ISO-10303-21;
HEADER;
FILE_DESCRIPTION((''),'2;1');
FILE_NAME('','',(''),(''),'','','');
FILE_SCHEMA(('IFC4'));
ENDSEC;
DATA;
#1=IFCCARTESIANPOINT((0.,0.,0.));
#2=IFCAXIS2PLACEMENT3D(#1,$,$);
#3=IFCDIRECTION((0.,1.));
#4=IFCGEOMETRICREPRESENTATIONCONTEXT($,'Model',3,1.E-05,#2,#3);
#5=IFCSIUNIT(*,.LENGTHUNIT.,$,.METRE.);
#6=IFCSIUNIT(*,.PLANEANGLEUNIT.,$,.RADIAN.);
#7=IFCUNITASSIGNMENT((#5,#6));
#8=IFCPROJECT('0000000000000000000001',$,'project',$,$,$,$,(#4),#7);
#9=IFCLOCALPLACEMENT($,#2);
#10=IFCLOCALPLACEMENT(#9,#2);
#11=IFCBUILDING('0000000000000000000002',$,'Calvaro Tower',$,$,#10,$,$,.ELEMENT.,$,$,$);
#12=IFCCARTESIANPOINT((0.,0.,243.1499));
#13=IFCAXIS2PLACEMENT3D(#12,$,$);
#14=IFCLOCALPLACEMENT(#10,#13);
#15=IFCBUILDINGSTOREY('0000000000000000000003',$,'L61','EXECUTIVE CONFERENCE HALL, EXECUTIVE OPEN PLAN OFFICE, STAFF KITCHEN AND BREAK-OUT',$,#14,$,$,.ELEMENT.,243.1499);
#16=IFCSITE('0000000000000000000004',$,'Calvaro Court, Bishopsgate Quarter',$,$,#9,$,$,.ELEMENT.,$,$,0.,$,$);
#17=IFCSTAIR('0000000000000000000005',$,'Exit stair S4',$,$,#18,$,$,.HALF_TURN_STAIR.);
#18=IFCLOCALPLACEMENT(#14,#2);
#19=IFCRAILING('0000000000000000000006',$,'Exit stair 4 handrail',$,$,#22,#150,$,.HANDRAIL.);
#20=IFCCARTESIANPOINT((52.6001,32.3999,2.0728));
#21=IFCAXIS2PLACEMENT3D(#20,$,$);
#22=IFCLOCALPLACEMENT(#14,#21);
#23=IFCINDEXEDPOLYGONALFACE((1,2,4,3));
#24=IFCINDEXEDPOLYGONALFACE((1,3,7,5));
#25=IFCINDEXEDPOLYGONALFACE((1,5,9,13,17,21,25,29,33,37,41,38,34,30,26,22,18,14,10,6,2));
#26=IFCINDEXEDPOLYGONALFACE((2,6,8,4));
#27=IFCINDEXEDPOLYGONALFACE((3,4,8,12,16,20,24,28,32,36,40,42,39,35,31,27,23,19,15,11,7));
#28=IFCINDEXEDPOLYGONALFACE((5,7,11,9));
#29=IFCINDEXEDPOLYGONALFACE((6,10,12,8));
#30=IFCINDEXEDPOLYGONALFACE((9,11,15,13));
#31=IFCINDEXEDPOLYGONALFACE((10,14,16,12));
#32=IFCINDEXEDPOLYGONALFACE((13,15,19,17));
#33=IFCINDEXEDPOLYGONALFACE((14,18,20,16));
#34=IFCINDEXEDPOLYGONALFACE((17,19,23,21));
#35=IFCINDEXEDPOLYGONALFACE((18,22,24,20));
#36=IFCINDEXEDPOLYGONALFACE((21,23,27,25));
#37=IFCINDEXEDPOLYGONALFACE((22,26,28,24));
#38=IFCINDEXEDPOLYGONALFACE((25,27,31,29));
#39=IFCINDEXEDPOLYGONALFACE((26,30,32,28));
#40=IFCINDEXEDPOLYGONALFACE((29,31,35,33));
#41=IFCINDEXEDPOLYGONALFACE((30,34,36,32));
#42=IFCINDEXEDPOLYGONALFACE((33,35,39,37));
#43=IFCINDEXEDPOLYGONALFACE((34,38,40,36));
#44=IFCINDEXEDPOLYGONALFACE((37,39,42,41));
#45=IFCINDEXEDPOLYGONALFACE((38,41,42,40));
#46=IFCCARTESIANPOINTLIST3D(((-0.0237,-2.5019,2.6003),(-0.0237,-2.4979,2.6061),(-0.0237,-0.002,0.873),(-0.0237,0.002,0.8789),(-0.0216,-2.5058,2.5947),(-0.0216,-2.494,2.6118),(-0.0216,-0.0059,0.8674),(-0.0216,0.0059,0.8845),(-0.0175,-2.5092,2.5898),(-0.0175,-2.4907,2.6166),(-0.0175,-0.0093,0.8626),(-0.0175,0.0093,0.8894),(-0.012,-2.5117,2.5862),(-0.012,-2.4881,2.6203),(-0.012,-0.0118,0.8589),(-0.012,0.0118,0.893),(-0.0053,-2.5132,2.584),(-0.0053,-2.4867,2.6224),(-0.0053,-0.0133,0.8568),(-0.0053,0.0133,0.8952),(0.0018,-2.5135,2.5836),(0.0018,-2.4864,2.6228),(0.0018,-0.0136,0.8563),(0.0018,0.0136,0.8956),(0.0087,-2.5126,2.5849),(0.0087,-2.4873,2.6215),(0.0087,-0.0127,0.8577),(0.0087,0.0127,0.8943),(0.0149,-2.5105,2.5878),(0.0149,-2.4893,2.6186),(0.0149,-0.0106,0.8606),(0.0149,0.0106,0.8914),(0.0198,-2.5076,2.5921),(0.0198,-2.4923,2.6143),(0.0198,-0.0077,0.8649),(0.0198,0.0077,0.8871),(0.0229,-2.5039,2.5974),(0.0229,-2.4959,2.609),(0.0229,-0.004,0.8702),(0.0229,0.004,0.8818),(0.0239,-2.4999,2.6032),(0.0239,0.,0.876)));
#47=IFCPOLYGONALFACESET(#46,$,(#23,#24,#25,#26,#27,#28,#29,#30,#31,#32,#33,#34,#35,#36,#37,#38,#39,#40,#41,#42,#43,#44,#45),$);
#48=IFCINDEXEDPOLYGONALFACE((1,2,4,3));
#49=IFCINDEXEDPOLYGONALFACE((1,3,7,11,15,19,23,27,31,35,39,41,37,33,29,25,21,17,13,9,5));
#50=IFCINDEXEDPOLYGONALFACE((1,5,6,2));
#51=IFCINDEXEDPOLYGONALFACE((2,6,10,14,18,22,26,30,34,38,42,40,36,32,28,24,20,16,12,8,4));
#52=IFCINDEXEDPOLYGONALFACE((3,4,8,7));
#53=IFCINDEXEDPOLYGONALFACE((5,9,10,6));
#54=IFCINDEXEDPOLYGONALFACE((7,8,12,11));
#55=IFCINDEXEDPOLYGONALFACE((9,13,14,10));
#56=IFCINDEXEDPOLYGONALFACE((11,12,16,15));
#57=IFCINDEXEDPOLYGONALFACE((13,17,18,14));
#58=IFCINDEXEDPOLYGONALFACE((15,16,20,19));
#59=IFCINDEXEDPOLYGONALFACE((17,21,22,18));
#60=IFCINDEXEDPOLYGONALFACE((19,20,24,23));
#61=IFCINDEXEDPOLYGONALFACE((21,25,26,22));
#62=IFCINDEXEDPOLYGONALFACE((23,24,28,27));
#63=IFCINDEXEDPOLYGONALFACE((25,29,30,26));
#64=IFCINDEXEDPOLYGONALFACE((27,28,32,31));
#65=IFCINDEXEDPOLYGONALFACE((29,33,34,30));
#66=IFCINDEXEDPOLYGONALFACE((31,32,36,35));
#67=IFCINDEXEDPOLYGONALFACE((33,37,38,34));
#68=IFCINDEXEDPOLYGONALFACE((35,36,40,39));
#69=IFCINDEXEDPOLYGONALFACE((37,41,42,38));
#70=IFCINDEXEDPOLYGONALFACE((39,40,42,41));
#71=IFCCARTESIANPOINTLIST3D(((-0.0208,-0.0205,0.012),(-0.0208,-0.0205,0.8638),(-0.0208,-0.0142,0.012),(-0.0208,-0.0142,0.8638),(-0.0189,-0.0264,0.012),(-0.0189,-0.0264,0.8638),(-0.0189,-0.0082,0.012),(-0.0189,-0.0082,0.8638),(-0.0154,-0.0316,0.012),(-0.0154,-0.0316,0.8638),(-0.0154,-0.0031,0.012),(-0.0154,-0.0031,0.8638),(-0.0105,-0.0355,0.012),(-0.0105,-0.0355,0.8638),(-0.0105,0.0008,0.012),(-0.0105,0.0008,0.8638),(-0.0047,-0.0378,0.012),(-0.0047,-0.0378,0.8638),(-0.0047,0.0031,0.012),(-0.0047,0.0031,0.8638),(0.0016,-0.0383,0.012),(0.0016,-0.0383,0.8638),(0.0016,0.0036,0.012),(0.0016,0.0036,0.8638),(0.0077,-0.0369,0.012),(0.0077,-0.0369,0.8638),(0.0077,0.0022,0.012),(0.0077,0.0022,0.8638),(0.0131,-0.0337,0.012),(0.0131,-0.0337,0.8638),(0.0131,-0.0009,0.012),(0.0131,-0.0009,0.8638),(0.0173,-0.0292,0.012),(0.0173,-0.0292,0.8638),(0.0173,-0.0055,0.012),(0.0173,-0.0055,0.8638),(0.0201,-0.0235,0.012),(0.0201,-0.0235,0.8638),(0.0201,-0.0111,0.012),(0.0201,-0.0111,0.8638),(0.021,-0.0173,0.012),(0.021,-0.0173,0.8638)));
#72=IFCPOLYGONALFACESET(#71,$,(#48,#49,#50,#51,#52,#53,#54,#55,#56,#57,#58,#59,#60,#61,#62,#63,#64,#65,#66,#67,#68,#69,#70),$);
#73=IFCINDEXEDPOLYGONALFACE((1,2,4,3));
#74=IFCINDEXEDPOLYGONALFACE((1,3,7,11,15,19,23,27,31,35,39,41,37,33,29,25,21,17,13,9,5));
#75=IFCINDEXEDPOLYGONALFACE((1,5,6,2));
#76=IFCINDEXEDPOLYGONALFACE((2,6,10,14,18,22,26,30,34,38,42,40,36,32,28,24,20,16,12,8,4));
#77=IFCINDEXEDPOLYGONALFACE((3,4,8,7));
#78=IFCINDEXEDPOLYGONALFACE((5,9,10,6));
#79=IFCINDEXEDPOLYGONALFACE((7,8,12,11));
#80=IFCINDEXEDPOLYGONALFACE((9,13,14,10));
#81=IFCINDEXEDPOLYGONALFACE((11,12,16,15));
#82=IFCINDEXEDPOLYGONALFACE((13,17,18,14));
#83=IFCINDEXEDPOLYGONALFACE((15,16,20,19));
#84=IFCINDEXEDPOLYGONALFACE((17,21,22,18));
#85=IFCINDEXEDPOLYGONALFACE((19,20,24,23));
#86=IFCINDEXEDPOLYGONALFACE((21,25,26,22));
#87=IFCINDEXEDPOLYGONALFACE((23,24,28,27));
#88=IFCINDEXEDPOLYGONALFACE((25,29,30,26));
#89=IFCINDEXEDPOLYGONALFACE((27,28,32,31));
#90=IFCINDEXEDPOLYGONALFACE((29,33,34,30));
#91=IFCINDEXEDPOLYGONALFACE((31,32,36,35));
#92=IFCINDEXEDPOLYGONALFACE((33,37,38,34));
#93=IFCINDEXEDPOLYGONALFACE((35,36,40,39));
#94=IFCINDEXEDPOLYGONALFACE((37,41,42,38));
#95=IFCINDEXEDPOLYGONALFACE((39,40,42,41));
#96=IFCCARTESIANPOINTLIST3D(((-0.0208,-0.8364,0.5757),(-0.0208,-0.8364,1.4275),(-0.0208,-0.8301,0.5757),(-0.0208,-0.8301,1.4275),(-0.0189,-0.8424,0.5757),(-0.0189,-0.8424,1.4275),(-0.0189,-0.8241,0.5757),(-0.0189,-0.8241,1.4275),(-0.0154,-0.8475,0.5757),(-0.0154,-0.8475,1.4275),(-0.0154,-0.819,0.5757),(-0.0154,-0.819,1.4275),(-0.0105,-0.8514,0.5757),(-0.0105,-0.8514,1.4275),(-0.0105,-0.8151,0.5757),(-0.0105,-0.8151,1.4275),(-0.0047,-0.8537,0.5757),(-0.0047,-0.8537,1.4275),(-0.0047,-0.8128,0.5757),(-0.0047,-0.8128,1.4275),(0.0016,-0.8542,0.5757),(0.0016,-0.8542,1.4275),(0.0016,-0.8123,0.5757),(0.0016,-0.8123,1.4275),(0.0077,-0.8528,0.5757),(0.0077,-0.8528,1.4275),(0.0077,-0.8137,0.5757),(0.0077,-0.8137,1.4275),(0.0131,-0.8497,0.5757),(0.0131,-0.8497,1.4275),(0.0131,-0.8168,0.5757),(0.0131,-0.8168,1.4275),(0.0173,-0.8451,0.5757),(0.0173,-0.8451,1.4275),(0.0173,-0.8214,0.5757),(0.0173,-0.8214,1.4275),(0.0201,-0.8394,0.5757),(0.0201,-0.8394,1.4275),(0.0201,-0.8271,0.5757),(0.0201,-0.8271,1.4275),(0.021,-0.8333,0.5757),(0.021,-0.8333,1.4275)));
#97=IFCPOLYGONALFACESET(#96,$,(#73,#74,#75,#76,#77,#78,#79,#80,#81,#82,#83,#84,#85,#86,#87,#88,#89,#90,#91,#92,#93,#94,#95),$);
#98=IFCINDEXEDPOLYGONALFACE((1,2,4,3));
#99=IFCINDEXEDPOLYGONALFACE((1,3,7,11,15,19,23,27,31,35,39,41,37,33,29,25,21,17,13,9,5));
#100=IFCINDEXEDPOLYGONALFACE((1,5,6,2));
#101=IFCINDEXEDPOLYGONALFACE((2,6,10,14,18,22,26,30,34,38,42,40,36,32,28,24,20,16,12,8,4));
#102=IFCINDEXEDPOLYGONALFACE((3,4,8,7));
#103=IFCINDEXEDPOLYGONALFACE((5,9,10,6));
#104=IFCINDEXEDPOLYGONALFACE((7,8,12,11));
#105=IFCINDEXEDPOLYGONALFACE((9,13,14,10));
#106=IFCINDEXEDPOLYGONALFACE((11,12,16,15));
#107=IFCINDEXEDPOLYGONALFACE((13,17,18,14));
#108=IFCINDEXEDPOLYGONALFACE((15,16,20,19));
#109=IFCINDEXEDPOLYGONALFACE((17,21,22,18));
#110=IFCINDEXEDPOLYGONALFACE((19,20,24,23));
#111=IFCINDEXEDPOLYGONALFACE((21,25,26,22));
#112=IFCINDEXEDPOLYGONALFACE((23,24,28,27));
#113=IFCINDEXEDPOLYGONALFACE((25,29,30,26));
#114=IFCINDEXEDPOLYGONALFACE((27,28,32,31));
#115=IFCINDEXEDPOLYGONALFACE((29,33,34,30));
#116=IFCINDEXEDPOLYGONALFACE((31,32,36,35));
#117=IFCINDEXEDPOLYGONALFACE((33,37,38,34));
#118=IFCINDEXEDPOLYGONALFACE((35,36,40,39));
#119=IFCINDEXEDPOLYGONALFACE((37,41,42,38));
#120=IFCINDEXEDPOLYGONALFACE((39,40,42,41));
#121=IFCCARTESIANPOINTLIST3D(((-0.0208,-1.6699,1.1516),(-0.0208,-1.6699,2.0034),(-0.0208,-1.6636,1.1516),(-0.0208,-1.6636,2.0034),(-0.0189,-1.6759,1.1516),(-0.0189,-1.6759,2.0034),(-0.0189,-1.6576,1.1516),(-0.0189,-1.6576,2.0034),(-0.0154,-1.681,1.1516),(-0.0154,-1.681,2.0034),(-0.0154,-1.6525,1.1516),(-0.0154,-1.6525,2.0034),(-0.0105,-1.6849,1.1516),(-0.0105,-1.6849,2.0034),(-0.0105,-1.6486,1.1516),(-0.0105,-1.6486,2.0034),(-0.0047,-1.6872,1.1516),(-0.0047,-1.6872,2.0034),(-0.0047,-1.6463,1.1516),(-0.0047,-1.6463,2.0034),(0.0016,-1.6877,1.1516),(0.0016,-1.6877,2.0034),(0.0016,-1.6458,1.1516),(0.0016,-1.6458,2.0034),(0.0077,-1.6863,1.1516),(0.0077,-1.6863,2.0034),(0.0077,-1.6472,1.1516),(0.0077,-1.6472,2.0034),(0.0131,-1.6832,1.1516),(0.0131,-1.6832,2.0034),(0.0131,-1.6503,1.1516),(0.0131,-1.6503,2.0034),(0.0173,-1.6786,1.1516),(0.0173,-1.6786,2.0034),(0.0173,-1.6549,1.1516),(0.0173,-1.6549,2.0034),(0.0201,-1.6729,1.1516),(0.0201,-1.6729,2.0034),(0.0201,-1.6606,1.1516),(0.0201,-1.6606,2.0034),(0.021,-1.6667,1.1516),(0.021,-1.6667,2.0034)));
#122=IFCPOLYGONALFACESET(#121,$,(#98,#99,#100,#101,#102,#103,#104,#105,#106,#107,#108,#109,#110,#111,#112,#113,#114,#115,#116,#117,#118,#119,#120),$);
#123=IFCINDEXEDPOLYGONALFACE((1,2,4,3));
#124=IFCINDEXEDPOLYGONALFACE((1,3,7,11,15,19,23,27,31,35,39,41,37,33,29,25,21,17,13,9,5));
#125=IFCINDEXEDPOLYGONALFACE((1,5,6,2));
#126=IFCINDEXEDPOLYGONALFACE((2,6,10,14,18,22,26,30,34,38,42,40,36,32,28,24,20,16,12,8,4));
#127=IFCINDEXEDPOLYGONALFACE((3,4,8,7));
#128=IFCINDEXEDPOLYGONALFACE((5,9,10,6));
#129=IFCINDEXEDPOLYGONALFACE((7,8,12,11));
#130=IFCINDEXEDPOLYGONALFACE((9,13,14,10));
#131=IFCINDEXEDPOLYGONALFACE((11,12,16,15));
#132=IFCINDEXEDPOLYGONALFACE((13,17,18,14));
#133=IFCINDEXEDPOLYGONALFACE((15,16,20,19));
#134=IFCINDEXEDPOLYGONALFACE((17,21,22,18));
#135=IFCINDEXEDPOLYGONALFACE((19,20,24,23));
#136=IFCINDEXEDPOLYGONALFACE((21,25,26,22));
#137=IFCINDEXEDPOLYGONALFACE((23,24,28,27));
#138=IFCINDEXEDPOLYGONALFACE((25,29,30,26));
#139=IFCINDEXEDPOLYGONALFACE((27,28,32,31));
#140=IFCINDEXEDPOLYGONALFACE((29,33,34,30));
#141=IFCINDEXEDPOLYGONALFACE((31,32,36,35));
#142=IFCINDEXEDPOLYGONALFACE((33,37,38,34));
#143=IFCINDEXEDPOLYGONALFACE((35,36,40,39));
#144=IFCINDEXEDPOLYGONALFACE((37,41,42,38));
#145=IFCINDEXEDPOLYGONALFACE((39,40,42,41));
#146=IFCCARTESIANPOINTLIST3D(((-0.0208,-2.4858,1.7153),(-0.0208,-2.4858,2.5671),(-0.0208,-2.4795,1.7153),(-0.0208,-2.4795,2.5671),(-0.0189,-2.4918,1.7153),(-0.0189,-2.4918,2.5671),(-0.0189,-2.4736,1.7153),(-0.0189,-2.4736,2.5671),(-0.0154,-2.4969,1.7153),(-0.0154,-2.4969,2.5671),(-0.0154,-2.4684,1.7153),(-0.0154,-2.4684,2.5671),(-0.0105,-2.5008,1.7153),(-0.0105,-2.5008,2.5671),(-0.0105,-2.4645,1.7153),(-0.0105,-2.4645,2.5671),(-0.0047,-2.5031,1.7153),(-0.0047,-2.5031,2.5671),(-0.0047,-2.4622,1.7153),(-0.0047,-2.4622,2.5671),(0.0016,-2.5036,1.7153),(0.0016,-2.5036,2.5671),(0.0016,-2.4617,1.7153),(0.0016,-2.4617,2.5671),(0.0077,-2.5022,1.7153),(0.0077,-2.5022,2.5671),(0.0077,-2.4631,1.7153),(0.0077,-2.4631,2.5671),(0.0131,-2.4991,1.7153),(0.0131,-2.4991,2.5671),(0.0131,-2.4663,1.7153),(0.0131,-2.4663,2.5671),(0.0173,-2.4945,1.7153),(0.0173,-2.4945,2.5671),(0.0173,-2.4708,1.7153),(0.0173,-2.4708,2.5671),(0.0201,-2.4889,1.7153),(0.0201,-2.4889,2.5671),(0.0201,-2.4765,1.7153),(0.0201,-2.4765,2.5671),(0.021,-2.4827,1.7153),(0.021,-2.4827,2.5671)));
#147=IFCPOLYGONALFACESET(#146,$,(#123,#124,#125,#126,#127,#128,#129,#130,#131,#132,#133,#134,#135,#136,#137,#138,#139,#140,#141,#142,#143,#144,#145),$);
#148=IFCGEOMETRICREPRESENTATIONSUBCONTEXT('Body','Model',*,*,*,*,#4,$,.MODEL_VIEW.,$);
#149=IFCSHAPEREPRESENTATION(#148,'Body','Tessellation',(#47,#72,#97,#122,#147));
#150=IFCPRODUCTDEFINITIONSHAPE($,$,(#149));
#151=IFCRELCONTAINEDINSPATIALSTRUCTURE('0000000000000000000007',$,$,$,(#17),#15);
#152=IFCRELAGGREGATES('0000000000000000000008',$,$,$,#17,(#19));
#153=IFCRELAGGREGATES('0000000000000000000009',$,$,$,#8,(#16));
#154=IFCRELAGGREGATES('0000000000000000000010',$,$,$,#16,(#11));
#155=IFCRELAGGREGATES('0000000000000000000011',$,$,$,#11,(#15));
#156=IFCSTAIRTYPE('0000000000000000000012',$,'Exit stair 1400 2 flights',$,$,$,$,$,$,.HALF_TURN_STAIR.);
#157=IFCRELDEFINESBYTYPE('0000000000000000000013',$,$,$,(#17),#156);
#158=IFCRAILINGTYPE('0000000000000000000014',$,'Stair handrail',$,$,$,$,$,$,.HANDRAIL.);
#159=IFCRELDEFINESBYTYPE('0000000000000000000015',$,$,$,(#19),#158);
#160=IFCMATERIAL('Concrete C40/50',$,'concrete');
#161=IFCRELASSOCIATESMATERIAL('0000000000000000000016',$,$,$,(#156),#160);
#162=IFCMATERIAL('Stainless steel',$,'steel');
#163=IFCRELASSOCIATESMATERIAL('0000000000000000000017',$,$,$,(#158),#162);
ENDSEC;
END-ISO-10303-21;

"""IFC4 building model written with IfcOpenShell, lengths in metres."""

from ifc_helpers import new_model, si_unit, direction, frame, origin, origin_2d, place, context, subcontext, project, spatial, circle, extrude, material, type_object, element, aggregate, save


model = new_model("IFC4")

# Units and contexts
model_context = context("Model", 3, precision=1e-05, world=origin(), true_north=direction((0.0, 1.0)))
body_context = subcontext(model_context, "Body", "Model", "MODEL_VIEW")
ifc_project = project(units=[si_unit("LENGTHUNIT", "METRE"), si_unit("PLANEANGLEUNIT", "RADIAN")], contexts=[model_context])

# Site, building, storey
site_placement = place(None, origin())
site = spatial("IfcSite", under=ifc_project, at=site_placement, Name="Calvaro Court, Bishopsgate Quarter", CompositionType="ELEMENT", RefElevation=0.0)
building_placement = place(site_placement, origin())
building = spatial("IfcBuilding", under=site, at=building_placement, Name="Calvaro Tower", CompositionType="ELEMENT")
storey_placement = place(building_placement, frame((0.0, 0.0, 243.1499)))
storey = spatial("IfcBuildingStorey", under=building, at=storey_placement, Name="L61", Description="EXECUTIVE CONFERENCE HALL, EXECUTIVE OPEN PLAN OFFICE, STAFF KITCHEN AND BREAK-OUT", CompositionType="ELEMENT", Elevation=243.1499)

# Stair
ifc_material_1 = material(Name="Concrete C40/50", Category="concrete")
stair_type = type_object("IfcStairType", Name="Exit stair 1400 2 flights", PredefinedType="HALF_TURN_STAIR", material=ifc_material_1)
stair_1_placement = place(storey_placement, origin())
stair_1 = element("IfcStair", 1, at=stair_1_placement, inside=storey, type_object=stair_type, Name="Exit stair S4", PredefinedType="HALF_TURN_STAIR")

# Railing
ifc_material_2 = material(Name="Stainless steel", Category="steel")
railing_type = type_object("IfcRailingType", Name="Stair handrail", PredefinedType="HANDRAIL", material=ifc_material_2)
railing_1_placement = place(storey_placement, frame((52.6001, 32.3999, 2.0728)))
railing_1 = element("IfcRailing", 2, at=railing_1_placement, type_object=railing_type, Name="Exit stair 4 handrail", PredefinedType="HANDRAIL", context=body_context, shape_type="SweptSolid", body=[
    extrude(circle(Radius=0.0239, at=origin_2d()), frame((0.0, 0.0, 0.876), z_axis=(0.0, -0.822727, 0.568437), x_axis=(1.0, 0.0, 0.0)), (0.0, 0.0, 1.0), 3.0386),
    extrude(circle(Radius=0.021, at=origin_2d()), frame((0.0, -0.0173, 0.012)), (0.0, 0.0, 1.0), 0.8518),
    extrude(circle(Radius=0.021, at=origin_2d()), frame((0.0, -0.8333, 0.5757)), (0.0, 0.0, 1.0), 0.8518),
    extrude(circle(Radius=0.021, at=origin_2d()), frame((0.0, -1.6667, 1.1516)), (0.0, 0.0, 1.0), 0.8518),
    extrude(circle(Radius=0.021, at=origin_2d()), frame((0.0, -2.4827, 1.7153)), (0.0, 0.0, 1.0), 0.8518),
])
aggregate(stair_1, [railing_1])

save(model, "model.ifc")
